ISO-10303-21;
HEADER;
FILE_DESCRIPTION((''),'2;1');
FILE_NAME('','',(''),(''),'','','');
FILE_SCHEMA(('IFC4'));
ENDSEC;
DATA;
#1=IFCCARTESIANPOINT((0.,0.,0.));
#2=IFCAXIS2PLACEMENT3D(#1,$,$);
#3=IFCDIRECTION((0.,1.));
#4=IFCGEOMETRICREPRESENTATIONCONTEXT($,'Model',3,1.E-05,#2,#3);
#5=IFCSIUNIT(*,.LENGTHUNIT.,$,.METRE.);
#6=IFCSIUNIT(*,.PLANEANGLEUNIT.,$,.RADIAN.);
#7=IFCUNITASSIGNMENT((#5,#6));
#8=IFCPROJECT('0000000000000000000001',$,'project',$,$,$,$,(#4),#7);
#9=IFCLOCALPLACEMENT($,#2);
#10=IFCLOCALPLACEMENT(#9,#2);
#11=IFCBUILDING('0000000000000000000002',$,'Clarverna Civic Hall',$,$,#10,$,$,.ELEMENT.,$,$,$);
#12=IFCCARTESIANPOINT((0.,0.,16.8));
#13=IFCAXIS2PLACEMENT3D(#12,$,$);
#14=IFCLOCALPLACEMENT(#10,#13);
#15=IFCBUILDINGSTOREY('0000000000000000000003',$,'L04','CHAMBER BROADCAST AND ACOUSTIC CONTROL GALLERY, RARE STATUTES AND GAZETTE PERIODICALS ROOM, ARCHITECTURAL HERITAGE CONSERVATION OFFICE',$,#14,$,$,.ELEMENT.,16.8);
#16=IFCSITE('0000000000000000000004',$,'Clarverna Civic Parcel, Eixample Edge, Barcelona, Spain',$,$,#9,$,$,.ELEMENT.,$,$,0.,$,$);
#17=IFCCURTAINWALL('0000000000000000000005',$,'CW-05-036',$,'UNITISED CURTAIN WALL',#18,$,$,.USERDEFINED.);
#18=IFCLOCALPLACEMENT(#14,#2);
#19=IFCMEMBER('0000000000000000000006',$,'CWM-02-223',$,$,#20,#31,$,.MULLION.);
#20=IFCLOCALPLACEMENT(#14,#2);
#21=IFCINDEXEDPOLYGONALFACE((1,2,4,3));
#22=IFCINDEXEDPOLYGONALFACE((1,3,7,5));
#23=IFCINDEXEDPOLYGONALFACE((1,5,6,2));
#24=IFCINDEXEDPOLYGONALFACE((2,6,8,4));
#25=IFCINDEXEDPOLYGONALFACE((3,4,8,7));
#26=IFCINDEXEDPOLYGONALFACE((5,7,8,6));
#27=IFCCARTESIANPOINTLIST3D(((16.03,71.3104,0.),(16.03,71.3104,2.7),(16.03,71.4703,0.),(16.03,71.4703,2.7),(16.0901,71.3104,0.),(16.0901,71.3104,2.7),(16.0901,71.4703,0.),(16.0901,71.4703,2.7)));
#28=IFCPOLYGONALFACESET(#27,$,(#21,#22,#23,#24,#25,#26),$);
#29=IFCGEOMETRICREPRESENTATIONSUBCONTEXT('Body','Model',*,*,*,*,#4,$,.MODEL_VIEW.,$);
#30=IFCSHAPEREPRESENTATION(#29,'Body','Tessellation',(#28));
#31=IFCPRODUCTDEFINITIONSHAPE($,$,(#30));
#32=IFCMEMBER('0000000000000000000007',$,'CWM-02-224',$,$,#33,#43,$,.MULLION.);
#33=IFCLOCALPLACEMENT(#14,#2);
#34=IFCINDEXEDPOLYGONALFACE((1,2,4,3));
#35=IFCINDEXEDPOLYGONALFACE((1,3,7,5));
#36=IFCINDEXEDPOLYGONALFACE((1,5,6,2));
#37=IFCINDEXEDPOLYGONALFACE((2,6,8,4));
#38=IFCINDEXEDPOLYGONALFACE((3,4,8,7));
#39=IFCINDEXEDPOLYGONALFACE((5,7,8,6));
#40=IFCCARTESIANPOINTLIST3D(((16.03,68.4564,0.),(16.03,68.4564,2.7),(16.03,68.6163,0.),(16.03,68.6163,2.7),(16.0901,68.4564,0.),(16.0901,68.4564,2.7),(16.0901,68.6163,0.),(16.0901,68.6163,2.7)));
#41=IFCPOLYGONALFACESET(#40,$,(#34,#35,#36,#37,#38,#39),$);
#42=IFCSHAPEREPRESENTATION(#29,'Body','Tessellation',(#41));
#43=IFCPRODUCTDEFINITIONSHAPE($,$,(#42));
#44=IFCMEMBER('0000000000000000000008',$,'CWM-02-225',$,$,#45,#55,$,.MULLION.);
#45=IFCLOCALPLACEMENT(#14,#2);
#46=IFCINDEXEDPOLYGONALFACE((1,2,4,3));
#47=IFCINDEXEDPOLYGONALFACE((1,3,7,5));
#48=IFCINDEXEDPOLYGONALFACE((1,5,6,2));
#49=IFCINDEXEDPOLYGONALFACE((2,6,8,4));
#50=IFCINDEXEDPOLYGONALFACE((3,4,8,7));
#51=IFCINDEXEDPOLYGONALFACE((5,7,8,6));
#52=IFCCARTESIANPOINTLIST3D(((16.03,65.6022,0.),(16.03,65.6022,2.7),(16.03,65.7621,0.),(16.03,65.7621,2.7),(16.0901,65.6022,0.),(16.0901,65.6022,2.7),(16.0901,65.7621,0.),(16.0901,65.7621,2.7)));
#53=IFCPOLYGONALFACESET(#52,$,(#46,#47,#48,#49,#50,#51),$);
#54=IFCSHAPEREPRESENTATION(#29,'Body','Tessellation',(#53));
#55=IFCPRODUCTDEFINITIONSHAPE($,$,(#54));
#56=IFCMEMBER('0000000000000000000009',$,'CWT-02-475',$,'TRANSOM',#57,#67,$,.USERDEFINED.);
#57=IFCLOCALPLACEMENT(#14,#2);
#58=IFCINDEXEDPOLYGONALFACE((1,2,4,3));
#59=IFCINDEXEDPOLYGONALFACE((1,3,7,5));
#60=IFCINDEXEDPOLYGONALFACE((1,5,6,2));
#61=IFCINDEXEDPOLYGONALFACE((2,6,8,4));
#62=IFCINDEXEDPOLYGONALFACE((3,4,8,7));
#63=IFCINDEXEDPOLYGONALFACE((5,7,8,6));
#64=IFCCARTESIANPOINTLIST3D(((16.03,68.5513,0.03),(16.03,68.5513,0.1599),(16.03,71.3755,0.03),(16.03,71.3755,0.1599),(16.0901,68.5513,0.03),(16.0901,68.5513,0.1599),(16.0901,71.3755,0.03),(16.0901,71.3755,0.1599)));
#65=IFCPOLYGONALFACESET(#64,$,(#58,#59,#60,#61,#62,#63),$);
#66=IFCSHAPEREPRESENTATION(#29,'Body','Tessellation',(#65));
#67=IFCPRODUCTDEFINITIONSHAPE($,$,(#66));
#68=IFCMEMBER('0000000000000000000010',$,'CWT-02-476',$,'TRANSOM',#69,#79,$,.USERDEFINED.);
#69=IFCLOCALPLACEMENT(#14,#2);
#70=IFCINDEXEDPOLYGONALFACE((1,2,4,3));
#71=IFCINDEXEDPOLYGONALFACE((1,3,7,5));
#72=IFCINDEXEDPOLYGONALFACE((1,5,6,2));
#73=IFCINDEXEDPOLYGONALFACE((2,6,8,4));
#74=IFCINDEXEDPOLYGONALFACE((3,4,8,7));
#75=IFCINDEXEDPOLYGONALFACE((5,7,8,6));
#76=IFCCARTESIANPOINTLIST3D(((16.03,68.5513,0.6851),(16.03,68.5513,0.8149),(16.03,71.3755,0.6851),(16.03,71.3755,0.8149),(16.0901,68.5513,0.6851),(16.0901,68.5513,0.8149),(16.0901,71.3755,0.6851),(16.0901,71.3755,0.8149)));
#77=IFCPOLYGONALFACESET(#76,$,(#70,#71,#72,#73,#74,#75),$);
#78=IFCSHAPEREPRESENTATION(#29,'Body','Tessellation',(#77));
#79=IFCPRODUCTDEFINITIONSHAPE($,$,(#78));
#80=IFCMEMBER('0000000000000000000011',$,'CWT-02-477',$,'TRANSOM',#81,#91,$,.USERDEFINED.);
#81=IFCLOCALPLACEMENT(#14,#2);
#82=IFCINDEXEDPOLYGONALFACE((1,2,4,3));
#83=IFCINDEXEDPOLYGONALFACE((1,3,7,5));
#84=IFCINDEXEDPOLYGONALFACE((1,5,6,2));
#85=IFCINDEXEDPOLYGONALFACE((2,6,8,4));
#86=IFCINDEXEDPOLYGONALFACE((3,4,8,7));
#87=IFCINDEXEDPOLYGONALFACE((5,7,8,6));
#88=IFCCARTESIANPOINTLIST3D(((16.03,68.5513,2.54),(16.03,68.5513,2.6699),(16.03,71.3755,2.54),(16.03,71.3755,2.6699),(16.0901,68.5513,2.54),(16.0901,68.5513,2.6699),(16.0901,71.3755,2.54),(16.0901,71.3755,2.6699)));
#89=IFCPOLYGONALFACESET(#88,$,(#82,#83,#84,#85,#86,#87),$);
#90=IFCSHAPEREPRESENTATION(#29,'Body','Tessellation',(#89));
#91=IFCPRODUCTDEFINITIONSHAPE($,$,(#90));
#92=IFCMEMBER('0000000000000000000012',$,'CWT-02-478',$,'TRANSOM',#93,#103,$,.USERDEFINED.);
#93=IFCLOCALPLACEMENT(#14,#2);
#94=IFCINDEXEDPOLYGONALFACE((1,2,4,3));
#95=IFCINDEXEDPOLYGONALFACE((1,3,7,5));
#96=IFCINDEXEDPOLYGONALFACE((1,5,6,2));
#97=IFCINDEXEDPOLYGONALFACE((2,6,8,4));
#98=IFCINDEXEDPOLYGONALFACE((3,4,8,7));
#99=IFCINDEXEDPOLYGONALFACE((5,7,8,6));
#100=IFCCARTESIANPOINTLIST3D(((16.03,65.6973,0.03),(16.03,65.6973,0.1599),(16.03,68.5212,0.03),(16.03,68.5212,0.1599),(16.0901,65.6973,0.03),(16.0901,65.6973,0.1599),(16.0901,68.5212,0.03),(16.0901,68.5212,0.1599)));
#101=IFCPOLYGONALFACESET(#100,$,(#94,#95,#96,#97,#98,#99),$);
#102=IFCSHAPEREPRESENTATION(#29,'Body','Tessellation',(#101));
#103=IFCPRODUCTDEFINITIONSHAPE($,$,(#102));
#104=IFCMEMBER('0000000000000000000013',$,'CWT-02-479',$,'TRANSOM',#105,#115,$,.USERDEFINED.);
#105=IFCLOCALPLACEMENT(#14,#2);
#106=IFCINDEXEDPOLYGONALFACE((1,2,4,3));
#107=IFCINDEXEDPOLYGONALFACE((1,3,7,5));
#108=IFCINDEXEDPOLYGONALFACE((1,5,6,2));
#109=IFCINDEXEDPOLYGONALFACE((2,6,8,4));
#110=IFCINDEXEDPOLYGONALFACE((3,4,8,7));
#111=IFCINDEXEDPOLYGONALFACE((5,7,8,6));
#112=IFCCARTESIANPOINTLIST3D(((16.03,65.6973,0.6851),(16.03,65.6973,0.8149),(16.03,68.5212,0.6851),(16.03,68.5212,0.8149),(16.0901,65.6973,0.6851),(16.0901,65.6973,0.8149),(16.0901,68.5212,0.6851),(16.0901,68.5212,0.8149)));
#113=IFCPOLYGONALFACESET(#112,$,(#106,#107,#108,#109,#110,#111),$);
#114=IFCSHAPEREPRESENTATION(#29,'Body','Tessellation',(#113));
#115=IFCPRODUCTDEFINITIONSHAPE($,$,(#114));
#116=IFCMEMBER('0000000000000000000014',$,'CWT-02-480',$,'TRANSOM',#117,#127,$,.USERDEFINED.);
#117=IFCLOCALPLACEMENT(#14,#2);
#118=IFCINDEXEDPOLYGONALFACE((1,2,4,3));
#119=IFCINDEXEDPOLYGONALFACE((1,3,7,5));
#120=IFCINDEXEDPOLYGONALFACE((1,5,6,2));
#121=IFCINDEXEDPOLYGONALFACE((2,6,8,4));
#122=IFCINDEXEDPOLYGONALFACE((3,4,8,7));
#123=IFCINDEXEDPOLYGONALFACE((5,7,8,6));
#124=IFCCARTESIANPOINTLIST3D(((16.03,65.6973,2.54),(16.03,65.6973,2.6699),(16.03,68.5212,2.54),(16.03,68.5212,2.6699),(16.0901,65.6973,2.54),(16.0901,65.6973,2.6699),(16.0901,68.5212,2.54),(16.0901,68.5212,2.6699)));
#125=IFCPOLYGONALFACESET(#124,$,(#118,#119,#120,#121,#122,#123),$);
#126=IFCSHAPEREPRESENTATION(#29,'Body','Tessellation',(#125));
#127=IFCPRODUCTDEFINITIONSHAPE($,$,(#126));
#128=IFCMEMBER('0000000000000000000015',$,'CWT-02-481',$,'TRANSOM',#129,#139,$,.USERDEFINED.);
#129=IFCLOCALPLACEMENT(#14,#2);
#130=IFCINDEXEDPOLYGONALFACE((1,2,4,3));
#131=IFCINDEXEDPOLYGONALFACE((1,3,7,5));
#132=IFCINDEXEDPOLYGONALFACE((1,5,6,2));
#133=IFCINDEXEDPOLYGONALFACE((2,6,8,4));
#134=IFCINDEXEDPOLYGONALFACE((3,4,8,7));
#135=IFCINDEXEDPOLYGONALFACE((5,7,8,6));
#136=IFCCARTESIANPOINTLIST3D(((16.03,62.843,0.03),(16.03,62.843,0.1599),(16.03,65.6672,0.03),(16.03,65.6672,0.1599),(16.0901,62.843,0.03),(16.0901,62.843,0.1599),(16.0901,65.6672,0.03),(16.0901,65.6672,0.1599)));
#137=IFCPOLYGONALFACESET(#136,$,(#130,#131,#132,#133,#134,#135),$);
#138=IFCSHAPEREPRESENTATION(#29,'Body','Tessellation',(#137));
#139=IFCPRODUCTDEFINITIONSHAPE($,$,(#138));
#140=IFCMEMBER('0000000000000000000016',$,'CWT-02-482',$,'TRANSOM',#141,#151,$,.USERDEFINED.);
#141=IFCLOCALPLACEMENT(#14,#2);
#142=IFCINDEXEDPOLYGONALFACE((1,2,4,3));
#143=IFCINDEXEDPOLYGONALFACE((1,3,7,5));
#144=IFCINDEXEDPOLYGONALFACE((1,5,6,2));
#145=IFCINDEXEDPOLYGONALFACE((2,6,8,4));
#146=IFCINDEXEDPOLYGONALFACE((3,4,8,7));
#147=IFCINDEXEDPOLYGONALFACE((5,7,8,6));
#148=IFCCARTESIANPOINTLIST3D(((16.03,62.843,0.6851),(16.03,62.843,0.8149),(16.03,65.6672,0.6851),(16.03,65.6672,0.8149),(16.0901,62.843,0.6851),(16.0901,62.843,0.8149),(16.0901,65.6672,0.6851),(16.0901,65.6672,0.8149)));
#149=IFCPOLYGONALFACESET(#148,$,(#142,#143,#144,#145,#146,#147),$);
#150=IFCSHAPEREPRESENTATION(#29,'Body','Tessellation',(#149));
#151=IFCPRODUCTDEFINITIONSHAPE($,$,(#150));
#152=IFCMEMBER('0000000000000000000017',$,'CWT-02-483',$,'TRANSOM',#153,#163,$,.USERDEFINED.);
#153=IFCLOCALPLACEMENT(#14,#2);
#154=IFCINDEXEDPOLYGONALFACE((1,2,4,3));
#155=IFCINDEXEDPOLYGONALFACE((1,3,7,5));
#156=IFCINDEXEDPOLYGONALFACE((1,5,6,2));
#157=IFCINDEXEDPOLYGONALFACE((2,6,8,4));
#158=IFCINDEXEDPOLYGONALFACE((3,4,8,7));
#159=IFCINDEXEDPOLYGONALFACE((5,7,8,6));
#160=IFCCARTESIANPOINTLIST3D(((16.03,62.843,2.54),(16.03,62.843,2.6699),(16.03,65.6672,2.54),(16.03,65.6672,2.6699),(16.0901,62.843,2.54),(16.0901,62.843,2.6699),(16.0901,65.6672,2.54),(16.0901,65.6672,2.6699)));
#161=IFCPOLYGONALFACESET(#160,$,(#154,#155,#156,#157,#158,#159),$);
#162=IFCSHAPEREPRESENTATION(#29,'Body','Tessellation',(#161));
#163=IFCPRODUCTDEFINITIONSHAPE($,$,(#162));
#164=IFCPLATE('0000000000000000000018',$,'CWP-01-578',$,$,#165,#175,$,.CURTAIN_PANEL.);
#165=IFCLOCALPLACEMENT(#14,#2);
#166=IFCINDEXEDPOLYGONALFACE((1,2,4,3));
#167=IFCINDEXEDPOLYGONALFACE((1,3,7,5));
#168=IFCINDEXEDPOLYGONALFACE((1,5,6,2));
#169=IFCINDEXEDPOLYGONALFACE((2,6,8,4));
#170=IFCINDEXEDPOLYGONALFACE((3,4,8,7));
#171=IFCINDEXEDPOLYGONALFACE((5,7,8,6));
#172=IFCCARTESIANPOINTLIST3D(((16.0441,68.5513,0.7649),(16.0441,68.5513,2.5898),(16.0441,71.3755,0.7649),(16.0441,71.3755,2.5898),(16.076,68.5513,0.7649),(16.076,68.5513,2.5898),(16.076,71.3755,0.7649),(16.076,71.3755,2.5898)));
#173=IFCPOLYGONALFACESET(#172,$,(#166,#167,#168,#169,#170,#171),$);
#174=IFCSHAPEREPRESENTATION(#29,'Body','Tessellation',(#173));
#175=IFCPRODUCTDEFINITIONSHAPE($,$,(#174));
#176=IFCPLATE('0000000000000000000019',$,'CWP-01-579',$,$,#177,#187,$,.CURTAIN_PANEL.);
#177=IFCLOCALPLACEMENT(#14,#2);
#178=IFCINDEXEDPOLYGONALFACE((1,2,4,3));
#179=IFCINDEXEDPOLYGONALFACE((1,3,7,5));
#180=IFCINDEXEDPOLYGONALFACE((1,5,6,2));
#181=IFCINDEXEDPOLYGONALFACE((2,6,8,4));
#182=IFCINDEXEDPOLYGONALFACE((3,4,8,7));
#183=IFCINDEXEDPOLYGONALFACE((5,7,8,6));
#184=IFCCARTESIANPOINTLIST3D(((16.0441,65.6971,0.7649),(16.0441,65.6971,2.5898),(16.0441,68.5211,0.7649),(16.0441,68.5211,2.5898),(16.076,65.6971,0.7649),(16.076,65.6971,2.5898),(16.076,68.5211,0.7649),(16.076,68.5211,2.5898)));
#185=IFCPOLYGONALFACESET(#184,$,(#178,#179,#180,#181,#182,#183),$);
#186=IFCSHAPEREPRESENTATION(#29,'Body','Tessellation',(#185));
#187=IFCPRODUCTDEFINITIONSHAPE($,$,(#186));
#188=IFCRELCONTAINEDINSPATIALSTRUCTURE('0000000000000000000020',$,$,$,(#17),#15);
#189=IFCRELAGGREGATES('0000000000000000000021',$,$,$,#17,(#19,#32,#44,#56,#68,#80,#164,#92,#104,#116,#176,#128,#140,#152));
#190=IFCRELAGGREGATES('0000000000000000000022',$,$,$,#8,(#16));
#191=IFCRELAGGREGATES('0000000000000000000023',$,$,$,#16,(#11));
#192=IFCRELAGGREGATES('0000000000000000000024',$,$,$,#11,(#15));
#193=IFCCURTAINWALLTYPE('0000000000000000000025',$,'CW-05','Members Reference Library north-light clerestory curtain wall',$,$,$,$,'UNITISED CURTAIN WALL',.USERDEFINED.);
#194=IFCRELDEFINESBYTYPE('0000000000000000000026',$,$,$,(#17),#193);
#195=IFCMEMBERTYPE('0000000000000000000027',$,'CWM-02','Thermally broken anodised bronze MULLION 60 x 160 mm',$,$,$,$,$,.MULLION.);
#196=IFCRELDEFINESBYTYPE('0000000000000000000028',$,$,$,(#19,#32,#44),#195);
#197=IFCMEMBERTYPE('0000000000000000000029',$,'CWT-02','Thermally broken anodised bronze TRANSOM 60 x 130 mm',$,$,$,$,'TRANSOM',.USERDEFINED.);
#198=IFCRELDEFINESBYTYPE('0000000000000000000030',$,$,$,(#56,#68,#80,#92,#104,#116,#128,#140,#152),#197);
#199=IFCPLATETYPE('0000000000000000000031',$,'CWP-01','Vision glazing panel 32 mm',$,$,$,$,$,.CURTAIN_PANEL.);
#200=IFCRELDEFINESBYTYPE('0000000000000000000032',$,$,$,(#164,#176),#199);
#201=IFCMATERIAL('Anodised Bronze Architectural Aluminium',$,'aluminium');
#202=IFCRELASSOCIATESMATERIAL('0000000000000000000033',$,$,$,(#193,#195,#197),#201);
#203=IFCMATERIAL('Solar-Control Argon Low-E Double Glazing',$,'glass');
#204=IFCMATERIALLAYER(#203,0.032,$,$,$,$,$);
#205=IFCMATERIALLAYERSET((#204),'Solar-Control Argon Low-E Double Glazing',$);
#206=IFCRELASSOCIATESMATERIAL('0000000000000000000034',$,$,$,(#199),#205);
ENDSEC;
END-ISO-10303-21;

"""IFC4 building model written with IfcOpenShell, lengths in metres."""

from ifc_helpers import new_model, si_unit, direction, frame, frame_2d, origin, origin_2d, place, context, subcontext, project, spatial, rectangle, extrude, material, layer, layer_set, material_profile, profile_set, type_object, element, aggregate, save


model = new_model("IFC4")

# Units and contexts
model_context = context("Model", 3, precision=1e-05, world=origin(), true_north=direction((0.0, 1.0)))
body_context = subcontext(model_context, "Body", "Model", "MODEL_VIEW")
ifc_project = project(units=[si_unit("LENGTHUNIT", "METRE"), si_unit("PLANEANGLEUNIT", "RADIAN")], contexts=[model_context])

# Site, building, storey
site_placement = place(None, origin())
site = spatial("IfcSite", under=ifc_project, at=site_placement, Name="Clarverna Civic Parcel, Eixample Edge, Barcelona, Spain", CompositionType="ELEMENT", RefElevation=0.0)
building_placement = place(site_placement, origin())
building = spatial("IfcBuilding", under=site, at=building_placement, Name="Clarverna Civic Hall", CompositionType="ELEMENT")
storey_placement = place(building_placement, frame((0.0, 0.0, 16.8)))
storey = spatial("IfcBuildingStorey", under=building, at=storey_placement, Name="L04", Description="CHAMBER BROADCAST AND ACOUSTIC CONTROL GALLERY, RARE STATUTES AND GAZETTE PERIODICALS ROOM, ARCHITECTURAL HERITAGE CONSERVATION OFFICE", CompositionType="ELEMENT", Elevation=16.8)

# Curtain wall, members, plates
ifc_material_1 = material(Name="Anodised Bronze Architectural Aluminium", Category="aluminium")
curtain_wall_type = type_object("IfcCurtainWallType", Name="CW-05", Description="Members Reference Library north-light clerestory curtain wall", ElementType="UNITISED CURTAIN WALL", PredefinedType="USERDEFINED", material=ifc_material_1)
curtain_wall_placement = place(storey_placement, origin())
curtain_wall = element("IfcCurtainWall", 1, at=curtain_wall_placement, inside=storey, type_object=curtain_wall_type, Name="CW-05-036", ObjectType="UNITISED CURTAIN WALL", PredefinedType="USERDEFINED")
ifc_material_profile_1 = material_profile(ifc_material_1, rectangle(XDim=0.0601, YDim=0.1599, at=origin_2d()), Name="BRONZE 60x160")
ifc_profile_set_1 = profile_set([ifc_material_profile_1], Name="Anodised Bronze Architectural Aluminium")
member_type_1 = type_object("IfcMemberType", Name="CWM-02", Description="Thermally broken anodised bronze MULLION 60 x 160 mm", PredefinedType="MULLION", material=ifc_profile_set_1)
member_1_placement = place(storey_placement, frame((16.0601, 71.3904, 0.0), z_axis=(0.0, 0.0, 1.0), x_axis=(1.0, 0.0, 0.0)))
member_1 = element("IfcMember", 2, at=member_1_placement, type_object=member_type_1, Name="CWM-02-223", PredefinedType="MULLION", context=body_context, shape_type="SweptSolid", body=[
    extrude(rectangle(XDim=0.0601, YDim=0.1599, at=origin_2d()), origin(), (0.0, 0.0, 1.0), 2.7),
])
member_2_placement = place(storey_placement, frame((16.0601, 68.5364, 0.0), z_axis=(0.0, 0.0, 1.0), x_axis=(1.0, 0.0, 0.0)))
member_2 = element("IfcMember", 3, at=member_2_placement, type_object=member_type_1, Name="CWM-02-224", PredefinedType="MULLION", context=body_context, shape_type="SweptSolid", body=[
    extrude(rectangle(XDim=0.0601, YDim=0.1599, at=origin_2d()), origin(), (0.0, 0.0, 1.0), 2.7),
])
member_3_placement = place(storey_placement, frame((16.0601, 65.6821, 0.0), z_axis=(0.0, 0.0, 1.0), x_axis=(1.0, 0.0, 0.0)))
member_3 = element("IfcMember", 4, at=member_3_placement, type_object=member_type_1, Name="CWM-02-225", PredefinedType="MULLION", context=body_context, shape_type="SweptSolid", body=[
    extrude(rectangle(XDim=0.0601, YDim=0.1599, at=origin_2d()), origin(), (0.0, 0.0, 1.0), 2.7),
])
ifc_material_profile_2 = material_profile(ifc_material_1, rectangle(XDim=0.0601, YDim=0.1299, at=origin_2d()), Name="BRONZE 60x130")
ifc_profile_set_2 = profile_set([ifc_material_profile_2], Name="Anodised Bronze Architectural Aluminium")
member_type_2 = type_object("IfcMemberType", Name="CWT-02", Description="Thermally broken anodised bronze TRANSOM 60 x 130 mm", ElementType="TRANSOM", PredefinedType="USERDEFINED", material=ifc_profile_set_2)
member_4_placement = place(storey_placement, frame((16.0601, 71.3755, 0.095), z_axis=(0.0, -1.0, 0.0), x_axis=(1.0, 0.0, 0.0)))
member_4 = element("IfcMember", 5, at=member_4_placement, type_object=member_type_2, Name="CWT-02-475", ObjectType="TRANSOM", PredefinedType="USERDEFINED", context=body_context, shape_type="SweptSolid", body=[
    extrude(rectangle(XDim=0.0601, YDim=0.1299, at=origin_2d()), origin(), (0.0, 0.0, 1.0), 2.8242),
])
member_5_placement = place(storey_placement, frame((16.0601, 71.3755, 0.75), z_axis=(0.0, -1.0, 0.0), x_axis=(1.0, 0.0, 0.0)))
member_5 = element("IfcMember", 6, at=member_5_placement, type_object=member_type_2, Name="CWT-02-476", ObjectType="TRANSOM", PredefinedType="USERDEFINED", context=body_context, shape_type="SweptSolid", body=[
    extrude(rectangle(XDim=0.0601, YDim=0.1299, at=origin_2d()), origin(), (0.0, 0.0, 1.0), 2.8242),
])
member_6_placement = place(storey_placement, frame((16.0601, 71.3755, 2.605), z_axis=(0.0, -1.0, 0.0), x_axis=(1.0, 0.0, 0.0)))
member_6 = element("IfcMember", 7, at=member_6_placement, type_object=member_type_2, Name="CWT-02-477", ObjectType="TRANSOM", PredefinedType="USERDEFINED", context=body_context, shape_type="SweptSolid", body=[
    extrude(rectangle(XDim=0.0601, YDim=0.1299, at=origin_2d()), origin(), (0.0, 0.0, 1.0), 2.8242),
])
member_7_placement = place(storey_placement, frame((16.0601, 68.5212, 0.095), z_axis=(0.0, -1.0, 0.0), x_axis=(1.0, 0.0, 0.0)))
member_7 = element("IfcMember", 8, at=member_7_placement, type_object=member_type_2, Name="CWT-02-478", ObjectType="TRANSOM", PredefinedType="USERDEFINED", context=body_context, shape_type="SweptSolid", body=[
    extrude(rectangle(XDim=0.0601, YDim=0.1299, at=origin_2d()), origin(), (0.0, 0.0, 1.0), 2.824),
])
member_8_placement = place(storey_placement, frame((16.0601, 68.5212, 0.75), z_axis=(0.0, -1.0, 0.0), x_axis=(1.0, 0.0, 0.0)))
member_8 = element("IfcMember", 9, at=member_8_placement, type_object=member_type_2, Name="CWT-02-479", ObjectType="TRANSOM", PredefinedType="USERDEFINED", context=body_context, shape_type="SweptSolid", body=[
    extrude(rectangle(XDim=0.0601, YDim=0.1299, at=origin_2d()), origin(), (0.0, 0.0, 1.0), 2.824),
])
member_9_placement = place(storey_placement, frame((16.0601, 68.5212, 2.605), z_axis=(0.0, -1.0, 0.0), x_axis=(1.0, 0.0, 0.0)))
member_9 = element("IfcMember", 10, at=member_9_placement, type_object=member_type_2, Name="CWT-02-480", ObjectType="TRANSOM", PredefinedType="USERDEFINED", context=body_context, shape_type="SweptSolid", body=[
    extrude(rectangle(XDim=0.0601, YDim=0.1299, at=origin_2d()), origin(), (0.0, 0.0, 1.0), 2.824),
])
member_10_placement = place(storey_placement, frame((16.0601, 65.6672, 0.095), z_axis=(0.0, -1.0, 0.0), x_axis=(1.0, 0.0, 0.0)))
member_10 = element("IfcMember", 11, at=member_10_placement, type_object=member_type_2, Name="CWT-02-481", ObjectType="TRANSOM", PredefinedType="USERDEFINED", context=body_context, shape_type="SweptSolid", body=[
    extrude(rectangle(XDim=0.0601, YDim=0.1299, at=origin_2d()), origin(), (0.0, 0.0, 1.0), 2.8242),
])
member_11_placement = place(storey_placement, frame((16.0601, 65.6672, 0.75), z_axis=(0.0, -1.0, 0.0), x_axis=(1.0, 0.0, 0.0)))
member_11 = element("IfcMember", 12, at=member_11_placement, type_object=member_type_2, Name="CWT-02-482", ObjectType="TRANSOM", PredefinedType="USERDEFINED", context=body_context, shape_type="SweptSolid", body=[
    extrude(rectangle(XDim=0.0601, YDim=0.1299, at=origin_2d()), origin(), (0.0, 0.0, 1.0), 2.8242),
])
member_12_placement = place(storey_placement, frame((16.0601, 65.6672, 2.605), z_axis=(0.0, -1.0, 0.0), x_axis=(1.0, 0.0, 0.0)))
member_12 = element("IfcMember", 13, at=member_12_placement, type_object=member_type_2, Name="CWT-02-483", ObjectType="TRANSOM", PredefinedType="USERDEFINED", context=body_context, shape_type="SweptSolid", body=[
    extrude(rectangle(XDim=0.0601, YDim=0.1299, at=origin_2d()), origin(), (0.0, 0.0, 1.0), 2.8242),
])
ifc_material_2 = material(Name="Solar-Control Argon Low-E Double Glazing", Category="glass")
ifc_layer_1 = layer(ifc_material_2, 0.032)
ifc_layer_set_1 = layer_set([ifc_layer_1], Name="Solar-Control Argon Low-E Double Glazing")
plate_type_1 = type_object("IfcPlateType", Name="CWP-01", Description="Vision glazing panel 32 mm", PredefinedType="CURTAIN_PANEL", material=ifc_layer_set_1)
plate_1_placement = place(storey_placement, frame((16.0601, 71.3755, 0.7649), z_axis=(0.0, 0.0, 1.0), x_axis=(0.0, -1.0, 0.0)))
plate_1 = element("IfcPlate", 14, at=plate_1_placement, type_object=plate_type_1, Name="CWP-01-578", PredefinedType="CURTAIN_PANEL", context=body_context, shape_type="SweptSolid", body=[
    extrude(rectangle(XDim=2.8242, YDim=0.032, at=frame_2d((1.4121, 0.0))), origin(), (0.0, 0.0, 1.0), 1.825),
])
plate_2_placement = place(storey_placement, frame((16.0601, 68.5212, 0.7649), z_axis=(0.0, 0.0, 1.0), x_axis=(0.0, -1.0, 0.0)))
plate_2 = element("IfcPlate", 15, at=plate_2_placement, type_object=plate_type_1, Name="CWP-01-579", PredefinedType="CURTAIN_PANEL", context=body_context, shape_type="SweptSolid", body=[
    extrude(rectangle(XDim=2.824, YDim=0.032, at=frame_2d((1.4121, 0.0))), origin(), (0.0, 0.0, 1.0), 1.825),
])
aggregate(curtain_wall, [member_1, member_2, member_3, member_4, member_5, member_6, plate_1, member_7, member_8, member_9, plate_2, member_10, member_11, member_12])

save(model, "model.ifc")
